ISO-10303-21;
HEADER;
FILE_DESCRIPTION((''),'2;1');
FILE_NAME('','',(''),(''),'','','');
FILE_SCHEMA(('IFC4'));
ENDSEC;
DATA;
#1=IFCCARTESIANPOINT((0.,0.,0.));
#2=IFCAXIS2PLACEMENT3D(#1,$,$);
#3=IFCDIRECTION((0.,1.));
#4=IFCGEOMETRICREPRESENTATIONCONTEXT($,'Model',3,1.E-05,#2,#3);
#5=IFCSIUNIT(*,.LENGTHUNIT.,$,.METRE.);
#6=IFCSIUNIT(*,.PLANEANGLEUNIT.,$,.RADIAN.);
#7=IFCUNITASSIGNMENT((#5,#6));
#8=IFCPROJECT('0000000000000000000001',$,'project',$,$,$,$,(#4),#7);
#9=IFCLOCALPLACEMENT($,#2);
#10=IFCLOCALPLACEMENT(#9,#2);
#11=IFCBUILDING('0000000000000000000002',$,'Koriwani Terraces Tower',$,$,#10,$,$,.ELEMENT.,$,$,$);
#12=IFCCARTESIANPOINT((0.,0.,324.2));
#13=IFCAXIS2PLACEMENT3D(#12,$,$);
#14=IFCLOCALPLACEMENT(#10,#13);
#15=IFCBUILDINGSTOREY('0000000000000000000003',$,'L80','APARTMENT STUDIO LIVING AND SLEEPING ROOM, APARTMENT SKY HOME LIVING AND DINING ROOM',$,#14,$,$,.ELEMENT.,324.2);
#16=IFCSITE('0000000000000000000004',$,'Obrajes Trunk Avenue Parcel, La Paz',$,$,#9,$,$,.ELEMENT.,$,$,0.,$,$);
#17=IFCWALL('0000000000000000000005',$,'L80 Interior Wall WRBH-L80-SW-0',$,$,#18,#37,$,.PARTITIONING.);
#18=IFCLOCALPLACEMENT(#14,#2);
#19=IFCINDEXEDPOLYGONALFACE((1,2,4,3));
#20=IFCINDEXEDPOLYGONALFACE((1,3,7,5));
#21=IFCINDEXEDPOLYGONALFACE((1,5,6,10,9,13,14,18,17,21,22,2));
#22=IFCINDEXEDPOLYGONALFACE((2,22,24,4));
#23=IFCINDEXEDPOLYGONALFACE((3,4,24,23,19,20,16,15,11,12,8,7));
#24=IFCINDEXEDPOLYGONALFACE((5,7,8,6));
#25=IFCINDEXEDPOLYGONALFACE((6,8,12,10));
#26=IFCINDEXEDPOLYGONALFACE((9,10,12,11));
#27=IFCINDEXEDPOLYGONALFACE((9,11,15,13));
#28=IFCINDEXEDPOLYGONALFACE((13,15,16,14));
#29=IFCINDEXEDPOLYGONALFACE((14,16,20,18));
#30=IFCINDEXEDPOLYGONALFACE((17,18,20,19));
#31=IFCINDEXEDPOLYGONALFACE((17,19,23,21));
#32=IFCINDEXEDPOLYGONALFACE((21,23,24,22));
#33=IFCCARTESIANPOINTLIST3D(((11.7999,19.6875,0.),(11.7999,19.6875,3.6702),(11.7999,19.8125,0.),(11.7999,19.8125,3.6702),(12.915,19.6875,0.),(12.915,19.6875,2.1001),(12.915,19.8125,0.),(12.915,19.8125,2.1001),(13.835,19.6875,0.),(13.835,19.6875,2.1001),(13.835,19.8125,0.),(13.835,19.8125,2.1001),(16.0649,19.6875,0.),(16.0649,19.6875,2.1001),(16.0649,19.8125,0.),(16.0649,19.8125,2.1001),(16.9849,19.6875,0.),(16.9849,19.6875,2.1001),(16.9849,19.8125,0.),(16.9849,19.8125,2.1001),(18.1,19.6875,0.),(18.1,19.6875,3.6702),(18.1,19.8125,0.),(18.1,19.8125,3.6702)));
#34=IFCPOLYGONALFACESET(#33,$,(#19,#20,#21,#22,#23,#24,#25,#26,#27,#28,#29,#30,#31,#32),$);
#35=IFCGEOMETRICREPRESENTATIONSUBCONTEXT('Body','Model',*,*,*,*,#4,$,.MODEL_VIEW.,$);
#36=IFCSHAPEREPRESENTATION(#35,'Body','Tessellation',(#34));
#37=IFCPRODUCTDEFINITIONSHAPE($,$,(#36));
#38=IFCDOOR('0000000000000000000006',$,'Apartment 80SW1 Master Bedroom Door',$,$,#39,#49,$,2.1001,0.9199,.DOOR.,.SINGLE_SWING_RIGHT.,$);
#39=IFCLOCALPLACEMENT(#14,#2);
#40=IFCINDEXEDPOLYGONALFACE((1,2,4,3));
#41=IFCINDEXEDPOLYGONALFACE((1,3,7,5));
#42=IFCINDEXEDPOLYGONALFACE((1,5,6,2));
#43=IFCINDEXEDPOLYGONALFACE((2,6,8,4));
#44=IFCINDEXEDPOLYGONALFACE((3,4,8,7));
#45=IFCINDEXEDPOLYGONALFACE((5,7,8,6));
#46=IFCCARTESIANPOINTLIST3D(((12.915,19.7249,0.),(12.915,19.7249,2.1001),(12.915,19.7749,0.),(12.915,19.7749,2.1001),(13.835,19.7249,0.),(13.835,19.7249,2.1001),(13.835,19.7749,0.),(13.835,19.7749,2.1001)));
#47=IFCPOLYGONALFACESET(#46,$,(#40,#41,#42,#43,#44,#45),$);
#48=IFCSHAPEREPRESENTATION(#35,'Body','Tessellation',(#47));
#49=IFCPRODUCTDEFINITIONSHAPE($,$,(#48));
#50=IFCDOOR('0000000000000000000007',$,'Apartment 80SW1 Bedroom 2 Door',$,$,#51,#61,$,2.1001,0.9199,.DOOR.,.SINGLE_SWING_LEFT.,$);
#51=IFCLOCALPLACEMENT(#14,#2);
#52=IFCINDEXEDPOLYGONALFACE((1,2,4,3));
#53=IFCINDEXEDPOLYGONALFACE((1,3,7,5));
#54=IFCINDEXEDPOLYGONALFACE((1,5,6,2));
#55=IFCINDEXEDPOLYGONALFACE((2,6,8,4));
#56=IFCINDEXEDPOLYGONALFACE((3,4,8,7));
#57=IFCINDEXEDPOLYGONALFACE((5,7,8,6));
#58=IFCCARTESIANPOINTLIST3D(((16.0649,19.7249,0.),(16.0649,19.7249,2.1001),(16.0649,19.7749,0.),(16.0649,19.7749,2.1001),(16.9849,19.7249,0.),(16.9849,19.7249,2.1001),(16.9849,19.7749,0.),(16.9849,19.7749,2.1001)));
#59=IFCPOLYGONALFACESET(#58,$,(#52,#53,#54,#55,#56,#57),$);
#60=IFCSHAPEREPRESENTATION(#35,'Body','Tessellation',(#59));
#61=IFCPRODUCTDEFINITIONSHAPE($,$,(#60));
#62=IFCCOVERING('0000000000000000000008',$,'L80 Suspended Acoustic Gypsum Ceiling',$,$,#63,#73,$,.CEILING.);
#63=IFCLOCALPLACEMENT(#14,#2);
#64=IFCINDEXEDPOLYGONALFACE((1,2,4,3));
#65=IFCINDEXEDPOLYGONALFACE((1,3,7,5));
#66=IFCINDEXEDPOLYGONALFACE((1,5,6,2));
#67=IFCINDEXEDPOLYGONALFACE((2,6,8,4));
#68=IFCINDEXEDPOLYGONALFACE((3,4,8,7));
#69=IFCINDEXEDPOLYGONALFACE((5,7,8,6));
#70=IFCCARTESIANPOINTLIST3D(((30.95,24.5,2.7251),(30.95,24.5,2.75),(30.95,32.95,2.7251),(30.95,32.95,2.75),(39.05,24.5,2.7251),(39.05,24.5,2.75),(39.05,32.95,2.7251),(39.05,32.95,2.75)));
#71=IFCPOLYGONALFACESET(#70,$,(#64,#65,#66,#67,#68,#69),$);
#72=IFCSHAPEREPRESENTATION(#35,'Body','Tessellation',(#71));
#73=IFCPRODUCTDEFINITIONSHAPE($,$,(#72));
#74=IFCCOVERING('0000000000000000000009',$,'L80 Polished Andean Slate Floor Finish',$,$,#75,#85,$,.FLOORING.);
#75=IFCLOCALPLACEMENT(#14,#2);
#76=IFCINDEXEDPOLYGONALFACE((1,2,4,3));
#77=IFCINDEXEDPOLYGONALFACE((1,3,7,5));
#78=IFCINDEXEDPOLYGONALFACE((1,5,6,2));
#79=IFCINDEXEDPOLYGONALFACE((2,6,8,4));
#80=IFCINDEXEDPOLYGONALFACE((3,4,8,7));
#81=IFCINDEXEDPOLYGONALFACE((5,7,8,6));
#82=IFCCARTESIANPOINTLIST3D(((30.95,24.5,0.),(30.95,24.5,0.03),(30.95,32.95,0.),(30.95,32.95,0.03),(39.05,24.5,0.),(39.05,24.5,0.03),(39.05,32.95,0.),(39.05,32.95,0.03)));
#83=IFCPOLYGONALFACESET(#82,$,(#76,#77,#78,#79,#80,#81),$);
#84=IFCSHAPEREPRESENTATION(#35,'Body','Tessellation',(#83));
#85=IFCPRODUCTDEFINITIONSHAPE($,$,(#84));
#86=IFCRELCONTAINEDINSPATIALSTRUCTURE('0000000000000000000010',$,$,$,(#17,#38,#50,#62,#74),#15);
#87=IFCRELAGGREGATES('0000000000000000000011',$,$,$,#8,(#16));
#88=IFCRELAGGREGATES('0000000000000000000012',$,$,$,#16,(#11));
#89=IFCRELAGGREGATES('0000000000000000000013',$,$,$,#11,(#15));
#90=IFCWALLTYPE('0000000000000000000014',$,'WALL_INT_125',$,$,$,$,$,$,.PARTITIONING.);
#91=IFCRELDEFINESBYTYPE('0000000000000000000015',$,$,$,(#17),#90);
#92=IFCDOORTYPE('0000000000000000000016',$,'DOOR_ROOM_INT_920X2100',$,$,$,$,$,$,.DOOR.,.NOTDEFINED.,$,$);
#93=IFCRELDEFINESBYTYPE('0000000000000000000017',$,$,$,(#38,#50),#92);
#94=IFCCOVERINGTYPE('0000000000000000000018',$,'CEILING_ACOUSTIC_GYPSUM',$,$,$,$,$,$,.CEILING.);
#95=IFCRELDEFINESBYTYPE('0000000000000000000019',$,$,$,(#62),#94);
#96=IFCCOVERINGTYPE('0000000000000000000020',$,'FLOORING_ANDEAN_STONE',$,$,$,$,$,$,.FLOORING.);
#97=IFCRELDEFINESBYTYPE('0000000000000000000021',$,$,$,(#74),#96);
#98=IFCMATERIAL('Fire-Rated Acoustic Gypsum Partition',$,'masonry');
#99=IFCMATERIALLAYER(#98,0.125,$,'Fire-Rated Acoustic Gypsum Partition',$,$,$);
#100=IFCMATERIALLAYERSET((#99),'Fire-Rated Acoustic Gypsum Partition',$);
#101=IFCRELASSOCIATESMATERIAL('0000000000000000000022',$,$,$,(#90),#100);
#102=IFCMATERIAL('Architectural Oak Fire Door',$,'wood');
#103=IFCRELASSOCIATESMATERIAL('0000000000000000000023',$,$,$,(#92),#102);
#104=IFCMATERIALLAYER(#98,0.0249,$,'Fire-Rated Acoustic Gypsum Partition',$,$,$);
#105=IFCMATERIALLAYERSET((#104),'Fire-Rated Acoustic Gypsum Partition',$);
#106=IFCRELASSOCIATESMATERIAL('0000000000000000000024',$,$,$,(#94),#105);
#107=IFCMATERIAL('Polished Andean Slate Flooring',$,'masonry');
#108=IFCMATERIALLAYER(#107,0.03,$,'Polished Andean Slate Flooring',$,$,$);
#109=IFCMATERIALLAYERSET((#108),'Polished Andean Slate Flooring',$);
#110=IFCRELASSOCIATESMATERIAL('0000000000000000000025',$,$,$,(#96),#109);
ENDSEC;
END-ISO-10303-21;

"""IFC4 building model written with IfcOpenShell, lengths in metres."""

from ifc_helpers import new_model, si_unit, direction, frame, frame_2d, origin, place, context, subcontext, project, spatial, polyline, rectangle, outline, extrude, material, layer, layer_set, type_object, element, fill, save


model = new_model("IFC4")

# Units and contexts
model_context = context("Model", 3, precision=1e-05, world=origin(), true_north=direction((0.0, 1.0)))
body_context = subcontext(model_context, "Body", "Model", "MODEL_VIEW")
ifc_project = project(units=[si_unit("LENGTHUNIT", "METRE"), si_unit("PLANEANGLEUNIT", "RADIAN")], contexts=[model_context])

# Site, building, storey
site_placement = place(None, origin())
site = spatial("IfcSite", under=ifc_project, at=site_placement, Name="Obrajes Trunk Avenue Parcel, La Paz", CompositionType="ELEMENT", RefElevation=0.0)
building_placement = place(site_placement, origin())
building = spatial("IfcBuilding", under=site, at=building_placement, Name="Koriwani Terraces Tower", CompositionType="ELEMENT")
storey_placement = place(building_placement, frame((0.0, 0.0, 324.2)))
storey = spatial("IfcBuildingStorey", under=building, at=storey_placement, Name="L80", Description="APARTMENT STUDIO LIVING AND SLEEPING ROOM, APARTMENT SKY HOME LIVING AND DINING ROOM", CompositionType="ELEMENT", Elevation=324.2)

# Wall, openings, doors
ifc_material_1 = material(Name="Fire-Rated Acoustic Gypsum Partition", Category="masonry")
ifc_layer_1 = layer(ifc_material_1, 0.125, Name="Fire-Rated Acoustic Gypsum Partition")
ifc_layer_set_1 = layer_set([ifc_layer_1], Name="Fire-Rated Acoustic Gypsum Partition")
wall_type_1 = type_object("IfcWallType", Name="WALL_INT_125", PredefinedType="PARTITIONING", material=ifc_layer_set_1)
wall_1_placement = place(storey_placement, frame((11.8, 19.75, 0.0), z_axis=(0.0, 0.0, 1.0), x_axis=(1.0, 0.0, 0.0)))
wall_1 = element("IfcWall", 1, at=wall_1_placement, inside=storey, type_object=wall_type_1, Name="L80 Interior Wall WRBH-L80-SW-0", PredefinedType="PARTITIONING", context=body_context, shape_type="SweptSolid", body=[
    extrude(rectangle(XDim=6.3, YDim=0.125, at=frame_2d((3.1499, 0.0))), origin(), (0.0, 0.0, 1.0), 3.6702),
])
opening_1_placement = place(wall_1_placement, frame((1.115, 0.0, 0.0)))
opening_1 = element("IfcOpeningElement", 2, at=opening_1_placement, cuts=wall_1, PredefinedType="OPENING", context=body_context, shape_type="SweptSolid", body=[
    extrude(rectangle(XDim=0.9199, YDim=2.1001, at=frame_2d((0.46, 1.05))), frame((0.0, 0.0725, 0.0), z_axis=(0.0, -1.0, 0.0), x_axis=(1.0, 0.0, 0.0)), (0.0, 0.0, 1.0), 0.145),
])
opening_2_placement = place(wall_1_placement, frame((4.2649, 0.0, 0.0)))
opening_2 = element("IfcOpeningElement", 3, at=opening_2_placement, cuts=wall_1, PredefinedType="OPENING", context=body_context, shape_type="SweptSolid", body=[
    extrude(rectangle(XDim=0.9199, YDim=2.1001, at=frame_2d((0.46, 1.05))), frame((0.0, 0.0725, 0.0), z_axis=(0.0, -1.0, 0.0), x_axis=(1.0, 0.0, 0.0)), (0.0, 0.0, 1.0), 0.145),
])
ifc_material_2 = material(Name="Architectural Oak Fire Door", Category="wood")
door_type_1 = type_object("IfcDoorType", Name="DOOR_ROOM_INT_920X2100", OperationType="NOTDEFINED", PredefinedType="DOOR", material=ifc_material_2)
door_1_placement = place(opening_1_placement, origin())
door_1 = element("IfcDoor", 4, at=door_1_placement, inside=storey, type_object=door_type_1, Name="Apartment 80SW1 Master Bedroom Door", OperationType="SINGLE_SWING_RIGHT", OverallHeight=2.1001, OverallWidth=0.9199, PredefinedType="DOOR", context=body_context, shape_type="SweptSolid", body=[
    extrude(rectangle(XDim=0.9199, YDim=2.1001, at=frame_2d((0.46, 1.05))), frame((0.0, 0.0249, 0.0), z_axis=(0.0, -1.0, 0.0), x_axis=(1.0, 0.0, 0.0)), (0.0, 0.0, 1.0), 0.05),
])
fill(opening_1, door_1)
door_2_placement = place(opening_2_placement, origin())
door_2 = element("IfcDoor", 5, at=door_2_placement, inside=storey, type_object=door_type_1, Name="Apartment 80SW1 Bedroom 2 Door", OperationType="SINGLE_SWING_LEFT", OverallHeight=2.1001, OverallWidth=0.9199, PredefinedType="DOOR", context=body_context, shape_type="SweptSolid", body=[
    extrude(rectangle(XDim=0.9199, YDim=2.1001, at=frame_2d((0.46, 1.05))), frame((0.0, 0.0249, 0.0), z_axis=(0.0, -1.0, 0.0), x_axis=(1.0, 0.0, 0.0)), (0.0, 0.0, 1.0), 0.05),
])
fill(opening_2, door_2)

# Coverings
ifc_layer_2 = layer(ifc_material_1, 0.0249, Name="Fire-Rated Acoustic Gypsum Partition")
ifc_layer_set_2 = layer_set([ifc_layer_2], Name="Fire-Rated Acoustic Gypsum Partition")
covering_type_1 = type_object("IfcCoveringType", Name="CEILING_ACOUSTIC_GYPSUM", PredefinedType="CEILING", material=ifc_layer_set_2)
covering_1_placement = place(storey_placement, frame((0.0, 0.0, 2.7251)))
element("IfcCovering", 6, at=covering_1_placement, inside=storey, type_object=covering_type_1, Name="L80 Suspended Acoustic Gypsum Ceiling", PredefinedType="CEILING", context=body_context, shape_type="SweptSolid", body=[
    extrude(outline(polyline([(30.95, 24.5), (30.95, 32.95), (39.05, 32.95), (39.05, 24.5), (30.95, 24.5)])), origin(), (0.0, 0.0, 1.0), 0.0249),
])
ifc_material_3 = material(Name="Polished Andean Slate Flooring", Category="masonry")
ifc_layer_3 = layer(ifc_material_3, 0.03, Name="Polished Andean Slate Flooring")
ifc_layer_set_3 = layer_set([ifc_layer_3], Name="Polished Andean Slate Flooring")
covering_type_2 = type_object("IfcCoveringType", Name="FLOORING_ANDEAN_STONE", PredefinedType="FLOORING", material=ifc_layer_set_3)
covering_2_placement = place(storey_placement, origin())
element("IfcCovering", 7, at=covering_2_placement, inside=storey, type_object=covering_type_2, Name="L80 Polished Andean Slate Floor Finish", PredefinedType="FLOORING", context=body_context, shape_type="SweptSolid", body=[
    extrude(outline(polyline([(30.95, 24.5), (30.95, 32.95), (39.05, 32.95), (39.05, 24.5), (30.95, 24.5)])), origin(), (0.0, 0.0, 1.0), 0.03),
])

save(model, "model.ifc")
